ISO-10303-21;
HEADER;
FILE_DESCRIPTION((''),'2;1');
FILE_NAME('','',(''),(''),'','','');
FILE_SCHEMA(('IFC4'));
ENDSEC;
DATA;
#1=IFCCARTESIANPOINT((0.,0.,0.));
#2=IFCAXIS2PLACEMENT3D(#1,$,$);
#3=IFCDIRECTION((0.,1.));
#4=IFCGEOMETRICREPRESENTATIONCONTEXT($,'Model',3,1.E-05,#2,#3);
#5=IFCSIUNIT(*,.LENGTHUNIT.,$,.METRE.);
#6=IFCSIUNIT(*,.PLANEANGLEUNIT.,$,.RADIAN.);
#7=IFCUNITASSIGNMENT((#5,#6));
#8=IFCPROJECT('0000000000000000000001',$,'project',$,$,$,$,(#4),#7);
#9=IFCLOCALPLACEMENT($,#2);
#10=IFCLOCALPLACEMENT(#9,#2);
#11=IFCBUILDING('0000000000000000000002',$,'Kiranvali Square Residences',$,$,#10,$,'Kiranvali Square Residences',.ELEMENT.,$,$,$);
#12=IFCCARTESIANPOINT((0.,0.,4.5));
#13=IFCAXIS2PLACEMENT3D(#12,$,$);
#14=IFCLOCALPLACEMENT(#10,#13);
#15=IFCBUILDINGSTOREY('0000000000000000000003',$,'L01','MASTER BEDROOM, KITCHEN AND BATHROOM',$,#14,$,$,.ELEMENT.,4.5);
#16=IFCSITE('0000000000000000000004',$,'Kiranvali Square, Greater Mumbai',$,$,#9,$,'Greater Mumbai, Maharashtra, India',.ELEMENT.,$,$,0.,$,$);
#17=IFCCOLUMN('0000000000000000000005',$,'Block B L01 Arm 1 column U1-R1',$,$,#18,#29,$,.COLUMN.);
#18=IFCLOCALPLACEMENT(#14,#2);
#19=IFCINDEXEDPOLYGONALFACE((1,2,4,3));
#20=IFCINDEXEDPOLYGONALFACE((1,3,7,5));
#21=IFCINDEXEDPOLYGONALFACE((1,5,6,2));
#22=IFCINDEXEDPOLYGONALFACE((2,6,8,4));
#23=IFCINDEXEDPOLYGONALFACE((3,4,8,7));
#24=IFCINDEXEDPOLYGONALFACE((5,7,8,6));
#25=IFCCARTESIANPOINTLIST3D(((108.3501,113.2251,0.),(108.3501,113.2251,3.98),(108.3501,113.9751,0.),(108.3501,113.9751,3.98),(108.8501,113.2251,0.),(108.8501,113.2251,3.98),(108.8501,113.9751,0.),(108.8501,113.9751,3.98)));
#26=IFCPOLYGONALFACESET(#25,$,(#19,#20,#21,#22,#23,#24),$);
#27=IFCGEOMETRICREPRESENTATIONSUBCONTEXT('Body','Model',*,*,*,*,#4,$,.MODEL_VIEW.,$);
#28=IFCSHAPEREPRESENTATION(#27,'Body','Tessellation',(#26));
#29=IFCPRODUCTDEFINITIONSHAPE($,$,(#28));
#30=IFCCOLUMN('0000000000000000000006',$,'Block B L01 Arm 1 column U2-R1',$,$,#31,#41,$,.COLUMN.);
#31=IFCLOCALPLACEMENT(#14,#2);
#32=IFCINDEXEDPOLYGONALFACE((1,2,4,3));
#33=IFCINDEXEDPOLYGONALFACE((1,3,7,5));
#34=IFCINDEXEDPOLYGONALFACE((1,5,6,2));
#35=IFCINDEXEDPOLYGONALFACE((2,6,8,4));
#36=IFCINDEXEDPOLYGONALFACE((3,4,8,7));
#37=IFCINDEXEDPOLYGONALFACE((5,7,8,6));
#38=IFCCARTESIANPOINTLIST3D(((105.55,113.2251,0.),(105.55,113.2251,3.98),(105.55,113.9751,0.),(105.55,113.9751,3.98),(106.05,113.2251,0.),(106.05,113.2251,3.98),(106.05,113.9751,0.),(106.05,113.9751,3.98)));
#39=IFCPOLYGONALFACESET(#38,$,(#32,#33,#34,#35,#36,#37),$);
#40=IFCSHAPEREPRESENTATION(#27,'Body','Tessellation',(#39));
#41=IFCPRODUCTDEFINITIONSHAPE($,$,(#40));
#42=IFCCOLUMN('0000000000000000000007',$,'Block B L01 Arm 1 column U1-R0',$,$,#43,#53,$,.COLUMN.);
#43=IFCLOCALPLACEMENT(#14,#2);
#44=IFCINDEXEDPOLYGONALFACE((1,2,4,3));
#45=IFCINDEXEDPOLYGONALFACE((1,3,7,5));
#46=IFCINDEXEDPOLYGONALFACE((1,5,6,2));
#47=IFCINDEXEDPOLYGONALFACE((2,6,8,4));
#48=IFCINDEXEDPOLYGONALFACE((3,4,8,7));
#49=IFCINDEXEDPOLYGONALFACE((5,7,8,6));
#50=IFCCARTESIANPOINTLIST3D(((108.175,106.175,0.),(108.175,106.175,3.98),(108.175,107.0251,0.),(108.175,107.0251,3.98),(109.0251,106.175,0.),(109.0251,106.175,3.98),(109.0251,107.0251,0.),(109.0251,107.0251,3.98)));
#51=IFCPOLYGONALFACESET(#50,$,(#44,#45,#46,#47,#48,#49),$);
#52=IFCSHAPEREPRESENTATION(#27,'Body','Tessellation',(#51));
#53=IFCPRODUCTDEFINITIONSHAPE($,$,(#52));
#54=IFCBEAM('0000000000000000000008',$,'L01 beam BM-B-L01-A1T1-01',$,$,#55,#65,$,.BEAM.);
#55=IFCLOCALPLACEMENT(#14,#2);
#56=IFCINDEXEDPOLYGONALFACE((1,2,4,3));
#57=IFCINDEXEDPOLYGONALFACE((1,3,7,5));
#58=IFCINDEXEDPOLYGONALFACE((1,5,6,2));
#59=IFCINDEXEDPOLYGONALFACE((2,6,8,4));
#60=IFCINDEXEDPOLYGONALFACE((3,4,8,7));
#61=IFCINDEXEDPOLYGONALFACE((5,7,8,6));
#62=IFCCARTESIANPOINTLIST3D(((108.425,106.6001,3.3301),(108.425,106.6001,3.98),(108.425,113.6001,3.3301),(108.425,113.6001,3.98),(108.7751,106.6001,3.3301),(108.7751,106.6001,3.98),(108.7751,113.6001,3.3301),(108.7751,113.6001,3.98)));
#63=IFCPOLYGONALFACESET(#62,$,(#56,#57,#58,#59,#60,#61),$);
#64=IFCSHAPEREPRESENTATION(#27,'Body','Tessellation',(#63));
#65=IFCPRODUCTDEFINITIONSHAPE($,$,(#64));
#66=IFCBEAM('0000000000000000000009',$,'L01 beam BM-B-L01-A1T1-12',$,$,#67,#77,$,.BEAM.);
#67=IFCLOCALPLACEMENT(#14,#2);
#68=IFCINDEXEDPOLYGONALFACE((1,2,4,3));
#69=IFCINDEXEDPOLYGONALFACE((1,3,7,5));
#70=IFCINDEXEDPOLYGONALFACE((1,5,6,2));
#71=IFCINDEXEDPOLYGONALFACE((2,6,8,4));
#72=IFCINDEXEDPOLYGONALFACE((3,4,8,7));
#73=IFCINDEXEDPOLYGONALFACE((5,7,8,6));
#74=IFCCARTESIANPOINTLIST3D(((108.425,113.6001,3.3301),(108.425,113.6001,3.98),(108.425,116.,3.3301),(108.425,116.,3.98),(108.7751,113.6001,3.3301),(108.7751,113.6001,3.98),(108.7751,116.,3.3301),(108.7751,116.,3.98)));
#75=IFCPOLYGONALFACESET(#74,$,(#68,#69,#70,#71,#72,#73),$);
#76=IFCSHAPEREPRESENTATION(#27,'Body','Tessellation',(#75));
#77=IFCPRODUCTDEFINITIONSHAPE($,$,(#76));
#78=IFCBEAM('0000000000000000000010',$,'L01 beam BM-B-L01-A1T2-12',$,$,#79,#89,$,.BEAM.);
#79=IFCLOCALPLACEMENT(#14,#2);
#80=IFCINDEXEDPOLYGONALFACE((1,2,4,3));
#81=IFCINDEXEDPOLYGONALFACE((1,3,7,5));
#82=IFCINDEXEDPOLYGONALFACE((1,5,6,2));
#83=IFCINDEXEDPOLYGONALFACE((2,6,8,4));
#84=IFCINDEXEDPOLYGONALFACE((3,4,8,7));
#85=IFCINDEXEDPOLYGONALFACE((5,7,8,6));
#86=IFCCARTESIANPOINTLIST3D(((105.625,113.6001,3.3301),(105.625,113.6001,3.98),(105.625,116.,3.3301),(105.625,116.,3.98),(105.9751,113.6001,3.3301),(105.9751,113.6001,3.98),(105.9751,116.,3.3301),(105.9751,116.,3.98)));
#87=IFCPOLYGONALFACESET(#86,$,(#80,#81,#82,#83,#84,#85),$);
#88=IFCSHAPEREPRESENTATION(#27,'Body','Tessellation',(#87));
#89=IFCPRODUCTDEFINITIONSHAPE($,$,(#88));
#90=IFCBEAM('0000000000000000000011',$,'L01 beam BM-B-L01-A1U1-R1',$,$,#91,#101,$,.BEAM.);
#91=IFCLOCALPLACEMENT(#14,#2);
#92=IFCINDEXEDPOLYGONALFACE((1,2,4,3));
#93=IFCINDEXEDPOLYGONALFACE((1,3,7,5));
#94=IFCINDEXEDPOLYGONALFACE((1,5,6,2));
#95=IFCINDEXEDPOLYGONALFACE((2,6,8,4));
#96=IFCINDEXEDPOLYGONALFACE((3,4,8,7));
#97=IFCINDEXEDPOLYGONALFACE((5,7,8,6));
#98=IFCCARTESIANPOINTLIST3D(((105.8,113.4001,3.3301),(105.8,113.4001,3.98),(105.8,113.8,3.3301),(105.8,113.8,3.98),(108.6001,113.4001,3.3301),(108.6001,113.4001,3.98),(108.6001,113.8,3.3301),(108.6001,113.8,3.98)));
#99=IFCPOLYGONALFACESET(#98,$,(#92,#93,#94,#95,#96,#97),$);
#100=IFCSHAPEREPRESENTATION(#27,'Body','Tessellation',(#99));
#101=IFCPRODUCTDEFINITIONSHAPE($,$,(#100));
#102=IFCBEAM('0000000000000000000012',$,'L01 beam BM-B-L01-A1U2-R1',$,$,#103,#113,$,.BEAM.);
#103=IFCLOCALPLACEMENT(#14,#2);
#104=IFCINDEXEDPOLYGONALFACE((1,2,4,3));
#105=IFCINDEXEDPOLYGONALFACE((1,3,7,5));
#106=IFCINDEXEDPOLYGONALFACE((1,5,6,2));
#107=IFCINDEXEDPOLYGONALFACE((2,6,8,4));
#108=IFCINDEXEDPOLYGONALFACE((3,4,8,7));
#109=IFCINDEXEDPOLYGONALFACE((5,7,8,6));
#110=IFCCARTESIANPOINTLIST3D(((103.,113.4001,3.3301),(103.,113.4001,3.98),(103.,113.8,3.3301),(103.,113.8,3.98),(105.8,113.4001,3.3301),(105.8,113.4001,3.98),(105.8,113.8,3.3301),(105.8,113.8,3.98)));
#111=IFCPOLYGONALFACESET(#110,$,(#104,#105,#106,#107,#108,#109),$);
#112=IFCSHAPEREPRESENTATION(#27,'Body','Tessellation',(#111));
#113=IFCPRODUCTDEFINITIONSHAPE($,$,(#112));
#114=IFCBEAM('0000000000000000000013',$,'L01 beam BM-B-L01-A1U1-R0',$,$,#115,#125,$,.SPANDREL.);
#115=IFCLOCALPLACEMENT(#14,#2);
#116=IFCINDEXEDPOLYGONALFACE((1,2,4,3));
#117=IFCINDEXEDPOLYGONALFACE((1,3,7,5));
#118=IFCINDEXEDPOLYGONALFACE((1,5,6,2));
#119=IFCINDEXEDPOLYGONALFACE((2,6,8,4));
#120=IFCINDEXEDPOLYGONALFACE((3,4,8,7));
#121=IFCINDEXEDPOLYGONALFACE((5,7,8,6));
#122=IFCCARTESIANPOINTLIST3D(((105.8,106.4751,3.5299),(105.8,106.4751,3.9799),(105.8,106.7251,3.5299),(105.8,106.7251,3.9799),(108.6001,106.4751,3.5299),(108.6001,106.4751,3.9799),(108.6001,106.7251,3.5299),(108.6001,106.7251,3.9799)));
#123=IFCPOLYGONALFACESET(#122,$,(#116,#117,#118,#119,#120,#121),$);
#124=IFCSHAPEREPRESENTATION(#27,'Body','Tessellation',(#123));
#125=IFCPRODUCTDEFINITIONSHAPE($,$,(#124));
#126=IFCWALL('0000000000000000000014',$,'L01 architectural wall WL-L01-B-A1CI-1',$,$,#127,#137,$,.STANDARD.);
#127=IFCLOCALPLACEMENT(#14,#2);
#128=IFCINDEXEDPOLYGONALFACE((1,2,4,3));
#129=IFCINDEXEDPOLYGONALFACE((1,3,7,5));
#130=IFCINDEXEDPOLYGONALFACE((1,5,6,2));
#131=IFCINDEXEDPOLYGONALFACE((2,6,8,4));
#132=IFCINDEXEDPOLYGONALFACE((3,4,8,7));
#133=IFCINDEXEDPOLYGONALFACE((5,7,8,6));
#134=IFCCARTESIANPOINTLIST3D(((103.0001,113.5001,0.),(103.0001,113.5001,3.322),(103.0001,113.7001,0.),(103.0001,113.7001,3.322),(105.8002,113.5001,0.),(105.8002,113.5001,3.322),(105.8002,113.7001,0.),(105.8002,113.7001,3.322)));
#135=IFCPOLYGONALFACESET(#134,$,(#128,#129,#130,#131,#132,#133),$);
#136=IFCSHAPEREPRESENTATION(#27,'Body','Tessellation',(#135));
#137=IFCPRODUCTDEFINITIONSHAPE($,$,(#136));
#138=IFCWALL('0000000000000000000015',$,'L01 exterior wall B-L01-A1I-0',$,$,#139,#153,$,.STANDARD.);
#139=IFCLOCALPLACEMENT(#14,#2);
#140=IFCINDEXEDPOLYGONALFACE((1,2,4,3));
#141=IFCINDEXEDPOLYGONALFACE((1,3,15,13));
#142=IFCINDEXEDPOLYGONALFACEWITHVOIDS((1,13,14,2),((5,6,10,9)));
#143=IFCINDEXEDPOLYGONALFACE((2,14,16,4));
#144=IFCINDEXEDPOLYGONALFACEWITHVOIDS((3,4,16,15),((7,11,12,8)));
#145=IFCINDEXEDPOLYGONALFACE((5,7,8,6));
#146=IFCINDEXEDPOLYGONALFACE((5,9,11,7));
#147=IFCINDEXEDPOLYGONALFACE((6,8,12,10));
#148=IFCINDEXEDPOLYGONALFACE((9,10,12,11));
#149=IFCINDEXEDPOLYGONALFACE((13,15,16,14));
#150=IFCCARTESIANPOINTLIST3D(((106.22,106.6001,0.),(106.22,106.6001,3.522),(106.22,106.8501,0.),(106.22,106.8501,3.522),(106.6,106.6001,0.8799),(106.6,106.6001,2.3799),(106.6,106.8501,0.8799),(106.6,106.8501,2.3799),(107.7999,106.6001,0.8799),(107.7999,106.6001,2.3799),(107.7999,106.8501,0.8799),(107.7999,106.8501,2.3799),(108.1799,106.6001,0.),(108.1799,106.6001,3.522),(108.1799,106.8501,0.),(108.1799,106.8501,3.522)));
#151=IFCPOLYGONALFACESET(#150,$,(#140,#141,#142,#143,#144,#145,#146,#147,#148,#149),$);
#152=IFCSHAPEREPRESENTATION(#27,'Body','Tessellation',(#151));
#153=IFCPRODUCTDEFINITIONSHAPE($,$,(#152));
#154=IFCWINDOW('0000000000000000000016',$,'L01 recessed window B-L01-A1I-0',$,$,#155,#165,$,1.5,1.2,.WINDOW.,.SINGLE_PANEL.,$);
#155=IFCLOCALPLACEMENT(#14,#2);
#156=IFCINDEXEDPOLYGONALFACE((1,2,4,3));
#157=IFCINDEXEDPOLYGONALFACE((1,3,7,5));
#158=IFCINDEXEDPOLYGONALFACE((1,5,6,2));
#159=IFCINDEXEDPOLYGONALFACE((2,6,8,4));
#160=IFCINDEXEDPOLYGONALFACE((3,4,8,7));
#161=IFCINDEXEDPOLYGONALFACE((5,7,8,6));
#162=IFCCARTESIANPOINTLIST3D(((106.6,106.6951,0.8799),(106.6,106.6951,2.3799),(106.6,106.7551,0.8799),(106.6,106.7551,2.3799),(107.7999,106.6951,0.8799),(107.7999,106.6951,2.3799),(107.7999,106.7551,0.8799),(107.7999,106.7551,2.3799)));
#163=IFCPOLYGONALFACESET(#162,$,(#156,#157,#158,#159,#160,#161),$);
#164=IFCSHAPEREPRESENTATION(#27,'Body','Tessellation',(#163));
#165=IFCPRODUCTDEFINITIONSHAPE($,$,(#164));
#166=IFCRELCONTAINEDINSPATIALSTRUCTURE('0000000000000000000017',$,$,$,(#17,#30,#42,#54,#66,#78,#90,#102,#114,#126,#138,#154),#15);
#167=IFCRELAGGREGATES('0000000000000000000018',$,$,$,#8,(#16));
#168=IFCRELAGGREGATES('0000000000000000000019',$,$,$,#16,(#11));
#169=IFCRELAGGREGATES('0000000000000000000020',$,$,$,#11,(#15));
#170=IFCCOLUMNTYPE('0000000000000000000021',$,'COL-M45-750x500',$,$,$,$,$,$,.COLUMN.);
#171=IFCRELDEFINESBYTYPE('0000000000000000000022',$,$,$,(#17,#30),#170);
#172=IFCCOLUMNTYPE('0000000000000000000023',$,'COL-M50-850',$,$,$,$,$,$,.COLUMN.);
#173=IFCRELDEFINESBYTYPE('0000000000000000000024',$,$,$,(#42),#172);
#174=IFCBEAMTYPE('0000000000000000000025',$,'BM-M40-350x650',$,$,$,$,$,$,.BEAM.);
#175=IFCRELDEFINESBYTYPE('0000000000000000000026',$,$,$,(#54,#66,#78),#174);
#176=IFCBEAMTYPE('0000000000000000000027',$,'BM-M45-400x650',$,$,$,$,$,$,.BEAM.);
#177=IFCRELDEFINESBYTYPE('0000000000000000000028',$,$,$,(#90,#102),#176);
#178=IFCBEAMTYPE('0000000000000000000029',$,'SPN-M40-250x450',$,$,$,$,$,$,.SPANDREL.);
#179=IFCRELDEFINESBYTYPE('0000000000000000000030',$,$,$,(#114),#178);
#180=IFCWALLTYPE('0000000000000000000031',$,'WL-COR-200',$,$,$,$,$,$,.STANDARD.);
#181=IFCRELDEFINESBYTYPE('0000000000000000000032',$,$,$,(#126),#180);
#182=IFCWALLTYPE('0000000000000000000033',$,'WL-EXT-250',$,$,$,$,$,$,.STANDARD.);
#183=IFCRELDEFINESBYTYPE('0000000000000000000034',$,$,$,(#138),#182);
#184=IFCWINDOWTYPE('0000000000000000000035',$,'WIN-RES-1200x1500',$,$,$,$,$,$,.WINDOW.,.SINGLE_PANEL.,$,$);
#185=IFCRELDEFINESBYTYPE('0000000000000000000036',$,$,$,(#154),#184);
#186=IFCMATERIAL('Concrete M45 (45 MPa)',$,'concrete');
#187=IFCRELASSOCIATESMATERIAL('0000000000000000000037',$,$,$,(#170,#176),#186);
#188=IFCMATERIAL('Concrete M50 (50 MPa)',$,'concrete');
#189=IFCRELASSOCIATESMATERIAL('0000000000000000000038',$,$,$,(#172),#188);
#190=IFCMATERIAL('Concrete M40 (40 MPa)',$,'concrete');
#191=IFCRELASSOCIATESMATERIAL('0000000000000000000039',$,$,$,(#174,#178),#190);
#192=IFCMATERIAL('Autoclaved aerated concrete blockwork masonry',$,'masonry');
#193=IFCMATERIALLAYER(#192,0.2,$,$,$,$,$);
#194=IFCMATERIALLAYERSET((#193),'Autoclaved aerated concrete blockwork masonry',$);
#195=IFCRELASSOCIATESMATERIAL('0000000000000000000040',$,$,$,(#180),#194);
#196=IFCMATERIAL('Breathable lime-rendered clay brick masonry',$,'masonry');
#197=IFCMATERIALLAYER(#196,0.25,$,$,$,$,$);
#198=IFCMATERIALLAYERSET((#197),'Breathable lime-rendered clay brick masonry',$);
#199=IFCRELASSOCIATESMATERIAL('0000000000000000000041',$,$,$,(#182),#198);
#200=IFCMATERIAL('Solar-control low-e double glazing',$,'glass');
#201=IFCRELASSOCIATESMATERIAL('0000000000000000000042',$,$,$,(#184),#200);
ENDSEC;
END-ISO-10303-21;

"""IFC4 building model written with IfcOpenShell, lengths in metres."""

from ifc_helpers import new_model, si_unit, direction, frame, frame_2d, origin, origin_2d, place, context, subcontext, project, spatial, rectangle, extrude, material, layer, layer_set, material_profile, profile_set, type_object, element, fill, save


model = new_model("IFC4")

# Units and contexts
model_context = context("Model", 3, precision=1e-05, world=origin(), true_north=direction((0.0, 1.0)))
body_context = subcontext(model_context, "Body", "Model", "MODEL_VIEW")
ifc_project = project(units=[si_unit("LENGTHUNIT", "METRE"), si_unit("PLANEANGLEUNIT", "RADIAN")], contexts=[model_context])

# Site, building, storey
site_placement = place(None, origin())
site = spatial("IfcSite", under=ifc_project, at=site_placement, Name="Kiranvali Square, Greater Mumbai", LongName="Greater Mumbai, Maharashtra, India", CompositionType="ELEMENT", RefElevation=0.0)
building_placement = place(site_placement, origin())
building = spatial("IfcBuilding", under=site, at=building_placement, Name="Kiranvali Square Residences", LongName="Kiranvali Square Residences", CompositionType="ELEMENT")
storey_placement = place(building_placement, frame((0.0, 0.0, 4.5)))
storey = spatial("IfcBuildingStorey", under=building, at=storey_placement, Name="L01", Description="MASTER BEDROOM, KITCHEN AND BATHROOM", CompositionType="ELEMENT", Elevation=4.5)

# Columns
ifc_material_1 = material(Name="Concrete M45 (45 MPa)", Category="concrete")
ifc_material_profile_1 = material_profile(ifc_material_1, rectangle(XDim=0.5, YDim=0.75, at=origin_2d()), Name="RC 750x500")
ifc_profile_set_1 = profile_set([ifc_material_profile_1], Name="Concrete M45 (45 MPa)")
column_type_1 = type_object("IfcColumnType", Name="COL-M45-750x500", PredefinedType="COLUMN", material=ifc_profile_set_1)
for number, where, z_axis, x_axis, name in (
    (1, (108.6001, 113.6001, 0.0), (0.0, 0.0, 1.0), (1.0, 0.0, 0.0), "Block B L01 Arm 1 column U1-R1"),
    (2, (105.8, 113.6001, 0.0), (0.0, 0.0, 1.0), (1.0, 0.0, 0.0), "Block B L01 Arm 1 column U2-R1"),
):
    element("IfcColumn", number, at=place(storey_placement, frame(where, z_axis=z_axis, x_axis=x_axis)), inside=storey, type_object=column_type_1, Name=name, PredefinedType="COLUMN", context=body_context, shape_type="SweptSolid", body=[
        extrude(rectangle(XDim=0.5, YDim=0.75, at=origin_2d()), origin(), (0.0, 0.0, 1.0), 3.98),
    ])
ifc_material_2 = material(Name="Concrete M50 (50 MPa)", Category="concrete")
ifc_material_profile_2 = material_profile(ifc_material_2, rectangle(XDim=0.8501, YDim=0.8501, at=origin_2d()), Name="RC 850x850")
ifc_profile_set_2 = profile_set([ifc_material_profile_2], Name="Concrete M50 (50 MPa)")
column_type_2 = type_object("IfcColumnType", Name="COL-M50-850", PredefinedType="COLUMN", material=ifc_profile_set_2)
column_placement = place(storey_placement, frame((108.6001, 106.6001, 0.0), z_axis=(0.0, 0.0, 1.0), x_axis=(1.0, 0.0, 0.0)))
element("IfcColumn", 3, at=column_placement, inside=storey, type_object=column_type_2, Name="Block B L01 Arm 1 column U1-R0", PredefinedType="COLUMN", context=body_context, shape_type="SweptSolid", body=[
    extrude(rectangle(XDim=0.8501, YDim=0.8501, at=origin_2d()), origin(), (0.0, 0.0, 1.0), 3.98),
])

# Beams
ifc_material_3 = material(Name="Concrete M40 (40 MPa)", Category="concrete")
ifc_material_profile_3 = material_profile(ifc_material_3, rectangle(XDim=0.3501, YDim=0.6499, at=origin_2d()), Name="RC 350x650")
ifc_profile_set_3 = profile_set([ifc_material_profile_3], Name="Concrete M40 (40 MPa)")
beam_type_1 = type_object("IfcBeamType", Name="BM-M40-350x650", PredefinedType="BEAM", material=ifc_profile_set_3)
beam_1_placement = place(storey_placement, frame((108.6001, 106.6001, 3.655), z_axis=(0.0, 1.0, 0.0), x_axis=(-1.0, 0.0, 0.0)))
element("IfcBeam", 4, at=beam_1_placement, inside=storey, type_object=beam_type_1, Name="L01 beam BM-B-L01-A1T1-01", PredefinedType="BEAM", context=body_context, shape_type="SweptSolid", body=[
    extrude(rectangle(XDim=0.3501, YDim=0.6499, at=origin_2d()), origin(), (0.0, 0.0, 1.0), 7.0),
])
for number, where, z_axis, x_axis, name in (
    (5, (108.6001, 113.6001, 3.655), (0.0, 1.0, 0.0), (-1.0, 0.0, 0.0), "L01 beam BM-B-L01-A1T1-12"),
    (6, (105.8, 113.6001, 3.655), (0.0, 1.0, 0.0), (-1.0, 0.0, 0.0), "L01 beam BM-B-L01-A1T2-12"),
):
    element("IfcBeam", number, at=place(storey_placement, frame(where, z_axis=z_axis, x_axis=x_axis)), inside=storey, type_object=beam_type_1, Name=name, PredefinedType="BEAM", context=body_context, shape_type="SweptSolid", body=[
        extrude(rectangle(XDim=0.3501, YDim=0.6499, at=origin_2d()), origin(), (0.0, 0.0, 1.0), 2.3999),
    ])
ifc_material_profile_4 = material_profile(ifc_material_1, rectangle(XDim=0.3999, YDim=0.6499, at=origin_2d()), Name="RC 400x650")
ifc_profile_set_4 = profile_set([ifc_material_profile_4], Name="Concrete M45 (45 MPa)")
beam_type_2 = type_object("IfcBeamType", Name="BM-M45-400x650", PredefinedType="BEAM", material=ifc_profile_set_4)
for number, where, z_axis, x_axis, name in (
    (7, (108.6001, 113.6001, 3.655), (-1.0, 0.0, 0.0), (0.0, -1.0, 0.0), "L01 beam BM-B-L01-A1U1-R1"),
    (8, (105.8, 113.6001, 3.655), (-1.0, 0.0, 0.0), (0.0, -1.0, 0.0), "L01 beam BM-B-L01-A1U2-R1"),
):
    element("IfcBeam", number, at=place(storey_placement, frame(where, z_axis=z_axis, x_axis=x_axis)), inside=storey, type_object=beam_type_2, Name=name, PredefinedType="BEAM", context=body_context, shape_type="SweptSolid", body=[
        extrude(rectangle(XDim=0.3999, YDim=0.6499, at=origin_2d()), origin(), (0.0, 0.0, 1.0), 2.8),
    ])
ifc_material_profile_5 = material_profile(ifc_material_3, rectangle(XDim=0.25, YDim=0.45, at=origin_2d()), Name="RC 250x450")
ifc_profile_set_5 = profile_set([ifc_material_profile_5], Name="Concrete M40 (40 MPa)")
beam_type_3 = type_object("IfcBeamType", Name="SPN-M40-250x450", PredefinedType="SPANDREL", material=ifc_profile_set_5)
beam_2_placement = place(storey_placement, frame((108.6001, 106.6001, 3.7549), z_axis=(-1.0, 0.0, 0.0), x_axis=(0.0, -1.0, 0.0)))
element("IfcBeam", 9, at=beam_2_placement, inside=storey, type_object=beam_type_3, Name="L01 beam BM-B-L01-A1U1-R0", PredefinedType="SPANDREL", context=body_context, shape_type="SweptSolid", body=[
    extrude(rectangle(XDim=0.25, YDim=0.45, at=origin_2d()), origin(), (0.0, 0.0, 1.0), 2.8),
])

# Shared definitions
ifc_material_4 = material(Name="Autoclaved aerated concrete blockwork masonry", Category="masonry")
ifc_layer_1 = layer(ifc_material_4, 0.2)
ifc_layer_set_1 = layer_set([ifc_layer_1], Name="Autoclaved aerated concrete blockwork masonry")
wall_type_1 = type_object("IfcWallType", Name="WL-COR-200", PredefinedType="STANDARD", material=ifc_layer_set_1)

# Wall
wall_1_placement = place(storey_placement, frame((105.8, 113.6001, 0.0), z_axis=(0.0, 0.0, 1.0), x_axis=(-1.0, 0.0, 0.0)))
element("IfcWall", 10, at=wall_1_placement, inside=storey, type_object=wall_type_1, Name="L01 architectural wall WL-L01-B-A1CI-1", PredefinedType="STANDARD", context=body_context, shape_type="SweptSolid", body=[
    extrude(rectangle(XDim=2.8, YDim=0.2, at=frame_2d((1.3999, 0.0))), origin(), (0.0, 0.0, 1.0), 3.322),
])

# Wall, opening, window
ifc_material_5 = material(Name="Breathable lime-rendered clay brick masonry", Category="masonry")
ifc_layer_2 = layer(ifc_material_5, 0.25)
ifc_layer_set_2 = layer_set([ifc_layer_2], Name="Breathable lime-rendered clay brick masonry")
wall_type_2 = type_object("IfcWallType", Name="WL-EXT-250", PredefinedType="STANDARD", material=ifc_layer_set_2)
wall_2_placement = place(storey_placement, frame((108.1799, 106.7251, 0.0), z_axis=(0.0, 0.0, 1.0), x_axis=(-1.0, 0.0, 0.0)))
wall_2 = element("IfcWall", 11, at=wall_2_placement, inside=storey, type_object=wall_type_2, Name="L01 exterior wall B-L01-A1I-0", PredefinedType="STANDARD", context=body_context, shape_type="SweptSolid", body=[
    extrude(rectangle(XDim=1.96, YDim=0.25, at=frame_2d((0.98, 0.0))), origin(), (0.0, 0.0, 1.0), 3.522),
])
opening_1_placement = place(wall_2_placement, frame((0.3799, 0.0, 0.8799)))
opening_1 = element("IfcOpeningElement", 12, at=opening_1_placement, cuts=wall_2, PredefinedType="OPENING", context=body_context, shape_type="SweptSolid", body=[
    extrude(rectangle(XDim=1.2, YDim=1.5, at=frame_2d((0.6001, 0.75))), frame((0.0, 0.135, 0.0), z_axis=(0.0, -1.0, 0.0), x_axis=(1.0, 0.0, 0.0)), (0.0, 0.0, 1.0), 0.27),
])
ifc_material_6 = material(Name="Solar-control low-e double glazing", Category="glass")
window_type = type_object("IfcWindowType", Name="WIN-RES-1200x1500", PartitioningType="SINGLE_PANEL", PredefinedType="WINDOW", material=ifc_material_6)
window_placement = place(opening_1_placement, origin())
window = element("IfcWindow", 13, at=window_placement, inside=storey, type_object=window_type, Name="L01 recessed window B-L01-A1I-0", OverallHeight=1.5, OverallWidth=1.2, PartitioningType="SINGLE_PANEL", PredefinedType="WINDOW", context=body_context, shape_type="SweptSolid", body=[
    extrude(rectangle(XDim=1.2, YDim=1.5, at=frame_2d((0.6001, 0.75))), frame((0.0, 0.03, 0.0), z_axis=(0.0, -1.0, 0.0), x_axis=(1.0, 0.0, 0.0)), (0.0, 0.0, 1.0), 0.0601),
])
fill(opening_1, window)

save(model, "model.ifc")
